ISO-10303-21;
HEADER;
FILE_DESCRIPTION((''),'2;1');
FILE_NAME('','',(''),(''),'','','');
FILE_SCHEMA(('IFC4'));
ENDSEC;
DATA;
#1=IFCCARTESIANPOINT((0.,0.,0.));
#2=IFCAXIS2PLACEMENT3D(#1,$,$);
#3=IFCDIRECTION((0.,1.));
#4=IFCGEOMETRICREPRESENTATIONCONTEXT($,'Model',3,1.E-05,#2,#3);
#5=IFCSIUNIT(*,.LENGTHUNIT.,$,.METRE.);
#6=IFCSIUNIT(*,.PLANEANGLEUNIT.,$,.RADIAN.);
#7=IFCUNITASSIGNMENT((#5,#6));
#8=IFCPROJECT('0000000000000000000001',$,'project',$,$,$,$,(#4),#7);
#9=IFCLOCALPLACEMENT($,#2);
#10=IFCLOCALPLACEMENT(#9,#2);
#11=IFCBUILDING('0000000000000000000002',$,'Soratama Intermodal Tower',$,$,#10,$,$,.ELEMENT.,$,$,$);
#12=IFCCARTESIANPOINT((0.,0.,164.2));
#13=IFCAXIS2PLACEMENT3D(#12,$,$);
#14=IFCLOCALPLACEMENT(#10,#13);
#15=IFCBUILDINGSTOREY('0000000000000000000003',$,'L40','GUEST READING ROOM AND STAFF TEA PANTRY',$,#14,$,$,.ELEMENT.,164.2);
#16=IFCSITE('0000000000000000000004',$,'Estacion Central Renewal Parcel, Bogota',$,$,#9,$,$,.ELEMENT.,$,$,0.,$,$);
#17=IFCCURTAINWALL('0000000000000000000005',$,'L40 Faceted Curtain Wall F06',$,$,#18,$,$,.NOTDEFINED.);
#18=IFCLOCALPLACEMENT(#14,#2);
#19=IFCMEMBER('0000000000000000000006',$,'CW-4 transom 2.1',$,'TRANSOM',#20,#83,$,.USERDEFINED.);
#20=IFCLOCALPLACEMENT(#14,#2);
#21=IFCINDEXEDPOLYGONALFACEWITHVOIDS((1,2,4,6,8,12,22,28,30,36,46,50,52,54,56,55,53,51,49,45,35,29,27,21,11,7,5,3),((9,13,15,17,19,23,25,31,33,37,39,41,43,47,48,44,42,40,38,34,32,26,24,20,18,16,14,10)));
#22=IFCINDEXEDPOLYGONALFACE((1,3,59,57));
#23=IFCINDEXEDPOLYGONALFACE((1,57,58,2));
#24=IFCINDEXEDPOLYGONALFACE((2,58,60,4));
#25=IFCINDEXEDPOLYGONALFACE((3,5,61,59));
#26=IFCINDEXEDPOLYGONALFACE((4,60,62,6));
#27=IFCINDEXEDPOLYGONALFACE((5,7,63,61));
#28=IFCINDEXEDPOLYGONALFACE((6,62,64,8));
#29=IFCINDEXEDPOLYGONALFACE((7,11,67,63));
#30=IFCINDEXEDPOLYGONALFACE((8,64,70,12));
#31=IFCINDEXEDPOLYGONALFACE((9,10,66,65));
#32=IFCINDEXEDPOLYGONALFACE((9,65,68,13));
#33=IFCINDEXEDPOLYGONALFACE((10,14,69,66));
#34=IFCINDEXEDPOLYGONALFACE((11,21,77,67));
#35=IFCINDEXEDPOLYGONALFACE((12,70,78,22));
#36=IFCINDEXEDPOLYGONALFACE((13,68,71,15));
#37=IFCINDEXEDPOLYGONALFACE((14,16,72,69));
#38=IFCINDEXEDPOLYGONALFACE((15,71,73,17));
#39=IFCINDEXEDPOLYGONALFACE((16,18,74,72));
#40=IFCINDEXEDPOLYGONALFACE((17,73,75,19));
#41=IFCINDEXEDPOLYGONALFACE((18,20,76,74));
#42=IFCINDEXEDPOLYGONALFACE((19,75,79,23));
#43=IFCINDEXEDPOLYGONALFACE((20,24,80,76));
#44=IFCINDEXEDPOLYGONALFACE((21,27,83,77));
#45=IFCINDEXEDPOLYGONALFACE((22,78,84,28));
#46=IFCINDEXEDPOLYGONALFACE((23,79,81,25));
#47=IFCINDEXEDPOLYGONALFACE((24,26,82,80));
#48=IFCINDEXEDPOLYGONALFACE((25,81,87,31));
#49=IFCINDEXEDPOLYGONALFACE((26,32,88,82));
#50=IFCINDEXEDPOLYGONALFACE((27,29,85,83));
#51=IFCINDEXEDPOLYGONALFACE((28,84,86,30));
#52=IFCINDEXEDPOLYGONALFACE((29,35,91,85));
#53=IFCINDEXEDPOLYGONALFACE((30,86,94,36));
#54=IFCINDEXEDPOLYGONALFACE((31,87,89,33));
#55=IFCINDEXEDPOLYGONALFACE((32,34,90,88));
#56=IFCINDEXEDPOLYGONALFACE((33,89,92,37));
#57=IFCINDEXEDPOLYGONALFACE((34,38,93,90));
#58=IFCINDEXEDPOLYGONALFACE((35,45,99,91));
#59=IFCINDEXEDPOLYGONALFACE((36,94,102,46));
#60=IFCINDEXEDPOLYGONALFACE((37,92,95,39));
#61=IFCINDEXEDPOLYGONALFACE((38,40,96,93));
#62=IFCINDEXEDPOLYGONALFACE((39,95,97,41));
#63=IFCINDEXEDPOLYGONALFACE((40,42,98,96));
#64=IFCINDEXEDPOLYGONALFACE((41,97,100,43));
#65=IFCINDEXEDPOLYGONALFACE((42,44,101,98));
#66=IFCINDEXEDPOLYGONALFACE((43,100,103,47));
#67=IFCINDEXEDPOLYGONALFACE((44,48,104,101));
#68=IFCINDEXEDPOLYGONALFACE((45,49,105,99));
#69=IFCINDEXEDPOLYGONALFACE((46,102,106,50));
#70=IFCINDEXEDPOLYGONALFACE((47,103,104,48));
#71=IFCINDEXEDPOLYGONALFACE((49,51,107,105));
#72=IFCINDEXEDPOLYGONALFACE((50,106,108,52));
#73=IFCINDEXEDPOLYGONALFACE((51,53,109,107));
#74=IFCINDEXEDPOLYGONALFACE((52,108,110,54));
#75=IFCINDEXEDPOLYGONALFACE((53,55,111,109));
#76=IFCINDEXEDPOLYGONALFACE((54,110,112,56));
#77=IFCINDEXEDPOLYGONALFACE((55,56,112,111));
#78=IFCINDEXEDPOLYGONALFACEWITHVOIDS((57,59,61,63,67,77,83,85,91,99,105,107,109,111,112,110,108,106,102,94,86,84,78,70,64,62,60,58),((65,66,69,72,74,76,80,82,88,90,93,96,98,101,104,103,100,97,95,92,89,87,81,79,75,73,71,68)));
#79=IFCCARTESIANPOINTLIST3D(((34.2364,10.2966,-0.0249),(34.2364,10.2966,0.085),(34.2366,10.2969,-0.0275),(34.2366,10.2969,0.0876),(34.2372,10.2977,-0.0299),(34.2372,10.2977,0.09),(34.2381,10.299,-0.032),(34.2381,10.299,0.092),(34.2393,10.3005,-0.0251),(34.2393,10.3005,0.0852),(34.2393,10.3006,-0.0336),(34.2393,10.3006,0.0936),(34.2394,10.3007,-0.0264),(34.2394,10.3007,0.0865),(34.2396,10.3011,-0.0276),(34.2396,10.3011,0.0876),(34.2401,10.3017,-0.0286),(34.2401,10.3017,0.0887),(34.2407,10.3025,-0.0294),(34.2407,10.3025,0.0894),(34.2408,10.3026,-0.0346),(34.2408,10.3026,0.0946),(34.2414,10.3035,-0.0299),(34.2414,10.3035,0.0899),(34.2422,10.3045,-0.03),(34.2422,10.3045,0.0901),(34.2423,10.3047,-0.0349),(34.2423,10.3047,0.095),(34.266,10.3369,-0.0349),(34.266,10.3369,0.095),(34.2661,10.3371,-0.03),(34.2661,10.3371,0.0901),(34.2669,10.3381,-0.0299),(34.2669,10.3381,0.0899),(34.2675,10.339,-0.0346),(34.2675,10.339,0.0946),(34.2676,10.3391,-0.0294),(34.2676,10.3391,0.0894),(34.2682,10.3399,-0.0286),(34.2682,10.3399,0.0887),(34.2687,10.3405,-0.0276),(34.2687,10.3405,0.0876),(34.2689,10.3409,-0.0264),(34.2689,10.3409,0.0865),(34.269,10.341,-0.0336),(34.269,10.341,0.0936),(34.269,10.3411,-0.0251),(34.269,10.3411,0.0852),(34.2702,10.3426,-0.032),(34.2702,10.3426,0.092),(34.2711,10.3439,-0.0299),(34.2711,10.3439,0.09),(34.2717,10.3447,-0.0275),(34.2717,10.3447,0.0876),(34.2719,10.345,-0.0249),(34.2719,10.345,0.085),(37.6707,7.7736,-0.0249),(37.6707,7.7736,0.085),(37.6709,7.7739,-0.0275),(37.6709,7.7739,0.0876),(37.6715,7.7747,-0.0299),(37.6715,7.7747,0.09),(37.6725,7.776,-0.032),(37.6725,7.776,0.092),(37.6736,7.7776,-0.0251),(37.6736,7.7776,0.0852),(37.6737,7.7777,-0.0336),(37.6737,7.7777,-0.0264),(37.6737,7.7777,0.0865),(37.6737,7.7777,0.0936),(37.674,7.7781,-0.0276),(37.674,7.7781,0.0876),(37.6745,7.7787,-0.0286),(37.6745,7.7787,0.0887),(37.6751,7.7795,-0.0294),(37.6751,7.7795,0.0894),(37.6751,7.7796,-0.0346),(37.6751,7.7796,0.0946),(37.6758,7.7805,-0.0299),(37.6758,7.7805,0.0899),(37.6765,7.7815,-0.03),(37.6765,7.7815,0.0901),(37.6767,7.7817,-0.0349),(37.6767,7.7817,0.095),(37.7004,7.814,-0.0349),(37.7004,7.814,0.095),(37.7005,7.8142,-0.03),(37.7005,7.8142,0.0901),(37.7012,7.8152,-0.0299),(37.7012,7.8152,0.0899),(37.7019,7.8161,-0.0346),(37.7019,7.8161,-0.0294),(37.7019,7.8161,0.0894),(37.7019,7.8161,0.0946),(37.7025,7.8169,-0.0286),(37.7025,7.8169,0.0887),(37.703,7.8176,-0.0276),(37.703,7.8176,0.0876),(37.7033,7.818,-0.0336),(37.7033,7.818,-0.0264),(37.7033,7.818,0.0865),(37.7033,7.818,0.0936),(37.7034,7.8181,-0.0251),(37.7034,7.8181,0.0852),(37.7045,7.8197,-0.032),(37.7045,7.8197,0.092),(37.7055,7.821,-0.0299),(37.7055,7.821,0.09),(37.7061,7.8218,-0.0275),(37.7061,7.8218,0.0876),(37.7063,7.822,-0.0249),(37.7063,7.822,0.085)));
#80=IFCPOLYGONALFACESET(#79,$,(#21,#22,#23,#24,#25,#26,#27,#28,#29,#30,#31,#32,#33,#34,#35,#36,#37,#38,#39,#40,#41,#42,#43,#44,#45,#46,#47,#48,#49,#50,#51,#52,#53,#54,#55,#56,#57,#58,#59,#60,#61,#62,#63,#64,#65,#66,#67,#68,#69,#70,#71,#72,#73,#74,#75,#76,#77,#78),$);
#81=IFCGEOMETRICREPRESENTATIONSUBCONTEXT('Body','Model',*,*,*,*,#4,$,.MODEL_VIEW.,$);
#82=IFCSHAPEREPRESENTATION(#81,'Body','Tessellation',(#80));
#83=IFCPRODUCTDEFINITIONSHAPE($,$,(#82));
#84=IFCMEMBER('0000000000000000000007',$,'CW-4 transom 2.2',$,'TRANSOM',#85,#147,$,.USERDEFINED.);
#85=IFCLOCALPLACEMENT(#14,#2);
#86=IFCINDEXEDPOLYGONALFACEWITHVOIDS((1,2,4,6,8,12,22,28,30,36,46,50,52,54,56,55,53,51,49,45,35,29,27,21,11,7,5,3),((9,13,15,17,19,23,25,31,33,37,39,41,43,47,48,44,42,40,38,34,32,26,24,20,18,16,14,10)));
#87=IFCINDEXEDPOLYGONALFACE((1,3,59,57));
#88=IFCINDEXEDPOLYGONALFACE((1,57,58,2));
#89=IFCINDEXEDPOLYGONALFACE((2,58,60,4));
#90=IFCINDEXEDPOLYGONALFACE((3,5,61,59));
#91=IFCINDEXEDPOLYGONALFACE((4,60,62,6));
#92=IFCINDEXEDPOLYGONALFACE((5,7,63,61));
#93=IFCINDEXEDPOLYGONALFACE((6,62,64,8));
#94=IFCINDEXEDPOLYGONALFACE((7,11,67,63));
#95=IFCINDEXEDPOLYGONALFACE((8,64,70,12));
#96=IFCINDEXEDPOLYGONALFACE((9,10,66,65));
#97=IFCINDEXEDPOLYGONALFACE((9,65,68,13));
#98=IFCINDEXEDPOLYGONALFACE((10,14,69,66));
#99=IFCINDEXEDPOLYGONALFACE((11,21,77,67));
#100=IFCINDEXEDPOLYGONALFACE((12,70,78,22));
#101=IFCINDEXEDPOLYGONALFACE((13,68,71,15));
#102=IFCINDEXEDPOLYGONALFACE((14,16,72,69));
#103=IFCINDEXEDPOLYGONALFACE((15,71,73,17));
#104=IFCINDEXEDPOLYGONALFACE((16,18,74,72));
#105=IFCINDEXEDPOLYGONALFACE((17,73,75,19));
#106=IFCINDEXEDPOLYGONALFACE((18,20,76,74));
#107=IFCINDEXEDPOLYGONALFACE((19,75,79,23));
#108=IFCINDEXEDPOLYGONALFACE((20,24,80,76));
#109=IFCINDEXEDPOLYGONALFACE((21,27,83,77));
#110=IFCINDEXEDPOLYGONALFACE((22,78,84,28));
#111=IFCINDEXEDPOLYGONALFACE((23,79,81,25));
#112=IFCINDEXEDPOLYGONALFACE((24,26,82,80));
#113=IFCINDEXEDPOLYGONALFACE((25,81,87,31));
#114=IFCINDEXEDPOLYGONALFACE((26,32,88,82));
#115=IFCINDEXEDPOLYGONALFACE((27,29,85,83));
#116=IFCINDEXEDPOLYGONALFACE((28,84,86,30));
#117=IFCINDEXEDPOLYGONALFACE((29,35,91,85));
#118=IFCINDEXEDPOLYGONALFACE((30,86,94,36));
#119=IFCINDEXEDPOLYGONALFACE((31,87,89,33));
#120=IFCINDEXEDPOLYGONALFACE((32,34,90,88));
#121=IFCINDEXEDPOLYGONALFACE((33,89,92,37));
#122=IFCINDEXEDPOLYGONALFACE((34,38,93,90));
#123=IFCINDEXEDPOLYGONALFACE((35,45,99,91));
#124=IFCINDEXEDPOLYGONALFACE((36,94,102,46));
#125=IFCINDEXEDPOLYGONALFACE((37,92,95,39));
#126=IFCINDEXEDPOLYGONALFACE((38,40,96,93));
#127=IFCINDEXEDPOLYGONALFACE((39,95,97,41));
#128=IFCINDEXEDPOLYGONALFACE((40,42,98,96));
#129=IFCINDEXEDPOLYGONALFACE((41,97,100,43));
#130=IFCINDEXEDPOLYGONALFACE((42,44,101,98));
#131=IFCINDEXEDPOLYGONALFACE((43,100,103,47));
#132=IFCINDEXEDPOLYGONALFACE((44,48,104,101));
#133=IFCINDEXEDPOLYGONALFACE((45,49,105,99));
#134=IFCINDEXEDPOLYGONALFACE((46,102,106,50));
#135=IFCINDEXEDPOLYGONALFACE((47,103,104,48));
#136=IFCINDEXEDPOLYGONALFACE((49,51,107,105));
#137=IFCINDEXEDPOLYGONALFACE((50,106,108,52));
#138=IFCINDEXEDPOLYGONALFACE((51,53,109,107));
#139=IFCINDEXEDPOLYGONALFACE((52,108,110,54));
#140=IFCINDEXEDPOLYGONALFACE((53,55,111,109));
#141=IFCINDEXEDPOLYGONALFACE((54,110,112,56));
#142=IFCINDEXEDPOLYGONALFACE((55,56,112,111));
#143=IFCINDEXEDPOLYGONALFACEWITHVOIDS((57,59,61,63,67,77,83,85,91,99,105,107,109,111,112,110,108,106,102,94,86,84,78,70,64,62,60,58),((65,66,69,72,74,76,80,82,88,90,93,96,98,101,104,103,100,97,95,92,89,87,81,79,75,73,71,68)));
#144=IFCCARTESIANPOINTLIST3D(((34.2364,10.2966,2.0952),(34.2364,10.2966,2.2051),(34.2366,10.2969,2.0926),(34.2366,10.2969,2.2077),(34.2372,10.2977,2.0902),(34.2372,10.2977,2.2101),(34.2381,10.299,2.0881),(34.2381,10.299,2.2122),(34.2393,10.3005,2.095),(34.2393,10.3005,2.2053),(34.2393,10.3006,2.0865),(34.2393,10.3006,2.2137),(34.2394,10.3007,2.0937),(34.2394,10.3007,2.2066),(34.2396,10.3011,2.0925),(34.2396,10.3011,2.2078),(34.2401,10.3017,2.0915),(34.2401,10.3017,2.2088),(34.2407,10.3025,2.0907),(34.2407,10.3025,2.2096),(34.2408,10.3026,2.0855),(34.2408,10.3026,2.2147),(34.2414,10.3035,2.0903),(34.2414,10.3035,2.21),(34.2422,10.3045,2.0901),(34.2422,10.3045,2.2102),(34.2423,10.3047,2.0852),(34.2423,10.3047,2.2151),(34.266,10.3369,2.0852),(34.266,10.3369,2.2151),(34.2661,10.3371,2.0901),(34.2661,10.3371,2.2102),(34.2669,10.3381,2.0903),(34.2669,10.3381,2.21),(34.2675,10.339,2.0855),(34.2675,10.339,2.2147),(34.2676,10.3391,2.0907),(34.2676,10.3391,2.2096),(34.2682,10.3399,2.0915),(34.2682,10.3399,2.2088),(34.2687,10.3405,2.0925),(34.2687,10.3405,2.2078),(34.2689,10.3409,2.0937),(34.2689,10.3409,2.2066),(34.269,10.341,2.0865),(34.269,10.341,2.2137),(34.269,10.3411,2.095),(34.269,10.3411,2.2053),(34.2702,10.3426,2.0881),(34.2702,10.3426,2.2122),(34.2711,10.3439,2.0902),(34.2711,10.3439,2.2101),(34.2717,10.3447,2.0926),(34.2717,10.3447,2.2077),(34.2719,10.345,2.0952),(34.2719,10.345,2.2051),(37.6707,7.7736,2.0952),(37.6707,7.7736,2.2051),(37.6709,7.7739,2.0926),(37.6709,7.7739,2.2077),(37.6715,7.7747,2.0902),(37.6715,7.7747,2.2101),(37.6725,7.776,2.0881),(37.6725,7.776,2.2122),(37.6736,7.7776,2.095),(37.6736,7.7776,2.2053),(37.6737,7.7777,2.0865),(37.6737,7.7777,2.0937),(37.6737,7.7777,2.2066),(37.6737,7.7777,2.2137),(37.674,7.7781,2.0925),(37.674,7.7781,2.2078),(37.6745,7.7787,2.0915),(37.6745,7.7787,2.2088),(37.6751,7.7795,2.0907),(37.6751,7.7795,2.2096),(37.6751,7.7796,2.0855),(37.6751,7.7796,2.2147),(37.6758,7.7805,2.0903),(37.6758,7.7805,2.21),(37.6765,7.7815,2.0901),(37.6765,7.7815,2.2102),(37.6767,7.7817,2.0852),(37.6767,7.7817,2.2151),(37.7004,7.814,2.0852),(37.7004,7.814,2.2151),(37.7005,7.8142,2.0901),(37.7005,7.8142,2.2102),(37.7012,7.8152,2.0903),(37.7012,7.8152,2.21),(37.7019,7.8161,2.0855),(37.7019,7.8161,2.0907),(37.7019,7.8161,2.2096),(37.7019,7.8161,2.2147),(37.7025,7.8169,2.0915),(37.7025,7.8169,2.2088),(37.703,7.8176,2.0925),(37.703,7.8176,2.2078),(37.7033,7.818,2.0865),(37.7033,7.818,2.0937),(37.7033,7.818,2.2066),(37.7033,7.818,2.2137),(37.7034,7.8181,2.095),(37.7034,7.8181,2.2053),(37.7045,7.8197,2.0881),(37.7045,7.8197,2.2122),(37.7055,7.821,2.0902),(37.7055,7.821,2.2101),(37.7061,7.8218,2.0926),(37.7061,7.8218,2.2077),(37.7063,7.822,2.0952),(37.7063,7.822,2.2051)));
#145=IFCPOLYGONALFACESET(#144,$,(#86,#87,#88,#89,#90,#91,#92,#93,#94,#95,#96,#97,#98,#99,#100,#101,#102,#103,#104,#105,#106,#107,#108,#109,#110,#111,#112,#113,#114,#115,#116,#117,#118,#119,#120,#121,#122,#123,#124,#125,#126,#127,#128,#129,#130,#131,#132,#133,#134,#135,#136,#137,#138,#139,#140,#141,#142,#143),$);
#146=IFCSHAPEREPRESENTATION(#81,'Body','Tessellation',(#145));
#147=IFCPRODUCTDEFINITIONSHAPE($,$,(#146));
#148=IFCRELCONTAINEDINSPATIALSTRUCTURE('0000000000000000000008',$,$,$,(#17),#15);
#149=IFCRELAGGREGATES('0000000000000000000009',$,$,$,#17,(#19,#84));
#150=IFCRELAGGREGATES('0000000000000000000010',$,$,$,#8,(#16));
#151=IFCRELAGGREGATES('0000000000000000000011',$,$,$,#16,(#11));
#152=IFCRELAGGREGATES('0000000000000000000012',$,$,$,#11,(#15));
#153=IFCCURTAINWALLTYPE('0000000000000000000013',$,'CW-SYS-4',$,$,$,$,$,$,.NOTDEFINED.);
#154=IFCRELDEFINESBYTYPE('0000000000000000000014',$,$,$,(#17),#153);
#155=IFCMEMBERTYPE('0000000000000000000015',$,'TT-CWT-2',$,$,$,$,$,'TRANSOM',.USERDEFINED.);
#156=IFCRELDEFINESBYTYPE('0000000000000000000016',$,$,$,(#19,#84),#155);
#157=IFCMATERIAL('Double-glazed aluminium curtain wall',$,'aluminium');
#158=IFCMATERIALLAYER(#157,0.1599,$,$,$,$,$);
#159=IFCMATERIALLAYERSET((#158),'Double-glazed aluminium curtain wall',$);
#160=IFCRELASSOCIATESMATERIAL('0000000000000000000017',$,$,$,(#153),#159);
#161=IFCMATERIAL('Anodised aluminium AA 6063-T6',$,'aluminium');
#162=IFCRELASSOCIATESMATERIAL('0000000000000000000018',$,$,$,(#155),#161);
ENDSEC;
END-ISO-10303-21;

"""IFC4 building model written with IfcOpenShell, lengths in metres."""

from ifc_helpers import new_model, si_unit, direction, frame, origin, origin_2d, place, context, subcontext, project, spatial, hollow_rectangle, extrude, material, layer, layer_set, material_profile, profile_set, type_object, element, aggregate, save


model = new_model("IFC4")

# Units and contexts
model_context = context("Model", 3, precision=1e-05, world=origin(), true_north=direction((0.0, 1.0)))
body_context = subcontext(model_context, "Body", "Model", "MODEL_VIEW")
ifc_project = project(units=[si_unit("LENGTHUNIT", "METRE"), si_unit("PLANEANGLEUNIT", "RADIAN")], contexts=[model_context])

# Site, building, storey
site_placement = place(None, origin())
site = spatial("IfcSite", under=ifc_project, at=site_placement, Name="Estacion Central Renewal Parcel, Bogota", CompositionType="ELEMENT", RefElevation=0.0)
building_placement = place(site_placement, origin())
building = spatial("IfcBuilding", under=site, at=building_placement, Name="Soratama Intermodal Tower", CompositionType="ELEMENT")
storey_placement = place(building_placement, frame((0.0, 0.0, 164.2)))
storey = spatial("IfcBuildingStorey", under=building, at=storey_placement, Name="L40", Description="GUEST READING ROOM AND STAFF TEA PANTRY", CompositionType="ELEMENT", Elevation=164.2)

# Curtain wall, members
ifc_material_1 = material(Name="Double-glazed aluminium curtain wall", Category="aluminium")
ifc_layer_1 = layer(ifc_material_1, 0.1599)
ifc_layer_set_1 = layer_set([ifc_layer_1], Name="Double-glazed aluminium curtain wall")
curtain_wall_type = type_object("IfcCurtainWallType", Name="CW-SYS-4", PredefinedType="NOTDEFINED", material=ifc_layer_set_1)
curtain_wall_placement = place(storey_placement, origin())
curtain_wall = element("IfcCurtainWall", 1, at=curtain_wall_placement, inside=storey, type_object=curtain_wall_type, Name="L40 Faceted Curtain Wall F06", PredefinedType="NOTDEFINED")
ifc_material_2 = material(Name="Anodised aluminium AA 6063-T6", Category="aluminium")
ifc_material_profile_1 = material_profile(ifc_material_2, hollow_rectangle(XDim=0.0601, YDim=0.1299, WallThickness=0.0049, InnerFilletRadius=0.0049, OuterFilletRadius=0.01, at=origin_2d()), Name="CWT130X60X5")
ifc_profile_set_1 = profile_set([ifc_material_profile_1], Name="Anodised aluminium AA 6063-T6")
member_type_1 = type_object("IfcMemberType", Name="TT-CWT-2", ElementType="TRANSOM", PredefinedType="USERDEFINED", material=ifc_profile_set_1)
member_1_placement = place(storey_placement, frame((34.2542, 10.3208, 0.03), z_axis=(0.805907, -0.592042, 0.0), x_axis=(0.592042, 0.805907, 0.0)))
member_1 = element("IfcMember", 2, at=member_1_placement, type_object=member_type_1, Name="CW-4 transom 2.1", ObjectType="TRANSOM", PredefinedType="USERDEFINED", context=body_context, shape_type="SweptSolid", body=[
    extrude(hollow_rectangle(XDim=0.0601, YDim=0.1299, WallThickness=0.0049, InnerFilletRadius=0.0049, OuterFilletRadius=0.01, at=origin_2d()), origin(), (0.0, 0.0, 1.0), 4.2615),
])
member_2_placement = place(storey_placement, frame((34.2542, 10.3208, 2.1501), z_axis=(0.805907, -0.592042, 0.0), x_axis=(0.592042, 0.805907, 0.0)))
member_2 = element("IfcMember", 3, at=member_2_placement, type_object=member_type_1, Name="CW-4 transom 2.2", ObjectType="TRANSOM", PredefinedType="USERDEFINED", context=body_context, shape_type="SweptSolid", body=[
    extrude(hollow_rectangle(XDim=0.0601, YDim=0.1299, WallThickness=0.0049, InnerFilletRadius=0.0049, OuterFilletRadius=0.01, at=origin_2d()), origin(), (0.0, 0.0, 1.0), 4.2615),
])
aggregate(curtain_wall, [member_1, member_2])

save(model, "model.ifc")
